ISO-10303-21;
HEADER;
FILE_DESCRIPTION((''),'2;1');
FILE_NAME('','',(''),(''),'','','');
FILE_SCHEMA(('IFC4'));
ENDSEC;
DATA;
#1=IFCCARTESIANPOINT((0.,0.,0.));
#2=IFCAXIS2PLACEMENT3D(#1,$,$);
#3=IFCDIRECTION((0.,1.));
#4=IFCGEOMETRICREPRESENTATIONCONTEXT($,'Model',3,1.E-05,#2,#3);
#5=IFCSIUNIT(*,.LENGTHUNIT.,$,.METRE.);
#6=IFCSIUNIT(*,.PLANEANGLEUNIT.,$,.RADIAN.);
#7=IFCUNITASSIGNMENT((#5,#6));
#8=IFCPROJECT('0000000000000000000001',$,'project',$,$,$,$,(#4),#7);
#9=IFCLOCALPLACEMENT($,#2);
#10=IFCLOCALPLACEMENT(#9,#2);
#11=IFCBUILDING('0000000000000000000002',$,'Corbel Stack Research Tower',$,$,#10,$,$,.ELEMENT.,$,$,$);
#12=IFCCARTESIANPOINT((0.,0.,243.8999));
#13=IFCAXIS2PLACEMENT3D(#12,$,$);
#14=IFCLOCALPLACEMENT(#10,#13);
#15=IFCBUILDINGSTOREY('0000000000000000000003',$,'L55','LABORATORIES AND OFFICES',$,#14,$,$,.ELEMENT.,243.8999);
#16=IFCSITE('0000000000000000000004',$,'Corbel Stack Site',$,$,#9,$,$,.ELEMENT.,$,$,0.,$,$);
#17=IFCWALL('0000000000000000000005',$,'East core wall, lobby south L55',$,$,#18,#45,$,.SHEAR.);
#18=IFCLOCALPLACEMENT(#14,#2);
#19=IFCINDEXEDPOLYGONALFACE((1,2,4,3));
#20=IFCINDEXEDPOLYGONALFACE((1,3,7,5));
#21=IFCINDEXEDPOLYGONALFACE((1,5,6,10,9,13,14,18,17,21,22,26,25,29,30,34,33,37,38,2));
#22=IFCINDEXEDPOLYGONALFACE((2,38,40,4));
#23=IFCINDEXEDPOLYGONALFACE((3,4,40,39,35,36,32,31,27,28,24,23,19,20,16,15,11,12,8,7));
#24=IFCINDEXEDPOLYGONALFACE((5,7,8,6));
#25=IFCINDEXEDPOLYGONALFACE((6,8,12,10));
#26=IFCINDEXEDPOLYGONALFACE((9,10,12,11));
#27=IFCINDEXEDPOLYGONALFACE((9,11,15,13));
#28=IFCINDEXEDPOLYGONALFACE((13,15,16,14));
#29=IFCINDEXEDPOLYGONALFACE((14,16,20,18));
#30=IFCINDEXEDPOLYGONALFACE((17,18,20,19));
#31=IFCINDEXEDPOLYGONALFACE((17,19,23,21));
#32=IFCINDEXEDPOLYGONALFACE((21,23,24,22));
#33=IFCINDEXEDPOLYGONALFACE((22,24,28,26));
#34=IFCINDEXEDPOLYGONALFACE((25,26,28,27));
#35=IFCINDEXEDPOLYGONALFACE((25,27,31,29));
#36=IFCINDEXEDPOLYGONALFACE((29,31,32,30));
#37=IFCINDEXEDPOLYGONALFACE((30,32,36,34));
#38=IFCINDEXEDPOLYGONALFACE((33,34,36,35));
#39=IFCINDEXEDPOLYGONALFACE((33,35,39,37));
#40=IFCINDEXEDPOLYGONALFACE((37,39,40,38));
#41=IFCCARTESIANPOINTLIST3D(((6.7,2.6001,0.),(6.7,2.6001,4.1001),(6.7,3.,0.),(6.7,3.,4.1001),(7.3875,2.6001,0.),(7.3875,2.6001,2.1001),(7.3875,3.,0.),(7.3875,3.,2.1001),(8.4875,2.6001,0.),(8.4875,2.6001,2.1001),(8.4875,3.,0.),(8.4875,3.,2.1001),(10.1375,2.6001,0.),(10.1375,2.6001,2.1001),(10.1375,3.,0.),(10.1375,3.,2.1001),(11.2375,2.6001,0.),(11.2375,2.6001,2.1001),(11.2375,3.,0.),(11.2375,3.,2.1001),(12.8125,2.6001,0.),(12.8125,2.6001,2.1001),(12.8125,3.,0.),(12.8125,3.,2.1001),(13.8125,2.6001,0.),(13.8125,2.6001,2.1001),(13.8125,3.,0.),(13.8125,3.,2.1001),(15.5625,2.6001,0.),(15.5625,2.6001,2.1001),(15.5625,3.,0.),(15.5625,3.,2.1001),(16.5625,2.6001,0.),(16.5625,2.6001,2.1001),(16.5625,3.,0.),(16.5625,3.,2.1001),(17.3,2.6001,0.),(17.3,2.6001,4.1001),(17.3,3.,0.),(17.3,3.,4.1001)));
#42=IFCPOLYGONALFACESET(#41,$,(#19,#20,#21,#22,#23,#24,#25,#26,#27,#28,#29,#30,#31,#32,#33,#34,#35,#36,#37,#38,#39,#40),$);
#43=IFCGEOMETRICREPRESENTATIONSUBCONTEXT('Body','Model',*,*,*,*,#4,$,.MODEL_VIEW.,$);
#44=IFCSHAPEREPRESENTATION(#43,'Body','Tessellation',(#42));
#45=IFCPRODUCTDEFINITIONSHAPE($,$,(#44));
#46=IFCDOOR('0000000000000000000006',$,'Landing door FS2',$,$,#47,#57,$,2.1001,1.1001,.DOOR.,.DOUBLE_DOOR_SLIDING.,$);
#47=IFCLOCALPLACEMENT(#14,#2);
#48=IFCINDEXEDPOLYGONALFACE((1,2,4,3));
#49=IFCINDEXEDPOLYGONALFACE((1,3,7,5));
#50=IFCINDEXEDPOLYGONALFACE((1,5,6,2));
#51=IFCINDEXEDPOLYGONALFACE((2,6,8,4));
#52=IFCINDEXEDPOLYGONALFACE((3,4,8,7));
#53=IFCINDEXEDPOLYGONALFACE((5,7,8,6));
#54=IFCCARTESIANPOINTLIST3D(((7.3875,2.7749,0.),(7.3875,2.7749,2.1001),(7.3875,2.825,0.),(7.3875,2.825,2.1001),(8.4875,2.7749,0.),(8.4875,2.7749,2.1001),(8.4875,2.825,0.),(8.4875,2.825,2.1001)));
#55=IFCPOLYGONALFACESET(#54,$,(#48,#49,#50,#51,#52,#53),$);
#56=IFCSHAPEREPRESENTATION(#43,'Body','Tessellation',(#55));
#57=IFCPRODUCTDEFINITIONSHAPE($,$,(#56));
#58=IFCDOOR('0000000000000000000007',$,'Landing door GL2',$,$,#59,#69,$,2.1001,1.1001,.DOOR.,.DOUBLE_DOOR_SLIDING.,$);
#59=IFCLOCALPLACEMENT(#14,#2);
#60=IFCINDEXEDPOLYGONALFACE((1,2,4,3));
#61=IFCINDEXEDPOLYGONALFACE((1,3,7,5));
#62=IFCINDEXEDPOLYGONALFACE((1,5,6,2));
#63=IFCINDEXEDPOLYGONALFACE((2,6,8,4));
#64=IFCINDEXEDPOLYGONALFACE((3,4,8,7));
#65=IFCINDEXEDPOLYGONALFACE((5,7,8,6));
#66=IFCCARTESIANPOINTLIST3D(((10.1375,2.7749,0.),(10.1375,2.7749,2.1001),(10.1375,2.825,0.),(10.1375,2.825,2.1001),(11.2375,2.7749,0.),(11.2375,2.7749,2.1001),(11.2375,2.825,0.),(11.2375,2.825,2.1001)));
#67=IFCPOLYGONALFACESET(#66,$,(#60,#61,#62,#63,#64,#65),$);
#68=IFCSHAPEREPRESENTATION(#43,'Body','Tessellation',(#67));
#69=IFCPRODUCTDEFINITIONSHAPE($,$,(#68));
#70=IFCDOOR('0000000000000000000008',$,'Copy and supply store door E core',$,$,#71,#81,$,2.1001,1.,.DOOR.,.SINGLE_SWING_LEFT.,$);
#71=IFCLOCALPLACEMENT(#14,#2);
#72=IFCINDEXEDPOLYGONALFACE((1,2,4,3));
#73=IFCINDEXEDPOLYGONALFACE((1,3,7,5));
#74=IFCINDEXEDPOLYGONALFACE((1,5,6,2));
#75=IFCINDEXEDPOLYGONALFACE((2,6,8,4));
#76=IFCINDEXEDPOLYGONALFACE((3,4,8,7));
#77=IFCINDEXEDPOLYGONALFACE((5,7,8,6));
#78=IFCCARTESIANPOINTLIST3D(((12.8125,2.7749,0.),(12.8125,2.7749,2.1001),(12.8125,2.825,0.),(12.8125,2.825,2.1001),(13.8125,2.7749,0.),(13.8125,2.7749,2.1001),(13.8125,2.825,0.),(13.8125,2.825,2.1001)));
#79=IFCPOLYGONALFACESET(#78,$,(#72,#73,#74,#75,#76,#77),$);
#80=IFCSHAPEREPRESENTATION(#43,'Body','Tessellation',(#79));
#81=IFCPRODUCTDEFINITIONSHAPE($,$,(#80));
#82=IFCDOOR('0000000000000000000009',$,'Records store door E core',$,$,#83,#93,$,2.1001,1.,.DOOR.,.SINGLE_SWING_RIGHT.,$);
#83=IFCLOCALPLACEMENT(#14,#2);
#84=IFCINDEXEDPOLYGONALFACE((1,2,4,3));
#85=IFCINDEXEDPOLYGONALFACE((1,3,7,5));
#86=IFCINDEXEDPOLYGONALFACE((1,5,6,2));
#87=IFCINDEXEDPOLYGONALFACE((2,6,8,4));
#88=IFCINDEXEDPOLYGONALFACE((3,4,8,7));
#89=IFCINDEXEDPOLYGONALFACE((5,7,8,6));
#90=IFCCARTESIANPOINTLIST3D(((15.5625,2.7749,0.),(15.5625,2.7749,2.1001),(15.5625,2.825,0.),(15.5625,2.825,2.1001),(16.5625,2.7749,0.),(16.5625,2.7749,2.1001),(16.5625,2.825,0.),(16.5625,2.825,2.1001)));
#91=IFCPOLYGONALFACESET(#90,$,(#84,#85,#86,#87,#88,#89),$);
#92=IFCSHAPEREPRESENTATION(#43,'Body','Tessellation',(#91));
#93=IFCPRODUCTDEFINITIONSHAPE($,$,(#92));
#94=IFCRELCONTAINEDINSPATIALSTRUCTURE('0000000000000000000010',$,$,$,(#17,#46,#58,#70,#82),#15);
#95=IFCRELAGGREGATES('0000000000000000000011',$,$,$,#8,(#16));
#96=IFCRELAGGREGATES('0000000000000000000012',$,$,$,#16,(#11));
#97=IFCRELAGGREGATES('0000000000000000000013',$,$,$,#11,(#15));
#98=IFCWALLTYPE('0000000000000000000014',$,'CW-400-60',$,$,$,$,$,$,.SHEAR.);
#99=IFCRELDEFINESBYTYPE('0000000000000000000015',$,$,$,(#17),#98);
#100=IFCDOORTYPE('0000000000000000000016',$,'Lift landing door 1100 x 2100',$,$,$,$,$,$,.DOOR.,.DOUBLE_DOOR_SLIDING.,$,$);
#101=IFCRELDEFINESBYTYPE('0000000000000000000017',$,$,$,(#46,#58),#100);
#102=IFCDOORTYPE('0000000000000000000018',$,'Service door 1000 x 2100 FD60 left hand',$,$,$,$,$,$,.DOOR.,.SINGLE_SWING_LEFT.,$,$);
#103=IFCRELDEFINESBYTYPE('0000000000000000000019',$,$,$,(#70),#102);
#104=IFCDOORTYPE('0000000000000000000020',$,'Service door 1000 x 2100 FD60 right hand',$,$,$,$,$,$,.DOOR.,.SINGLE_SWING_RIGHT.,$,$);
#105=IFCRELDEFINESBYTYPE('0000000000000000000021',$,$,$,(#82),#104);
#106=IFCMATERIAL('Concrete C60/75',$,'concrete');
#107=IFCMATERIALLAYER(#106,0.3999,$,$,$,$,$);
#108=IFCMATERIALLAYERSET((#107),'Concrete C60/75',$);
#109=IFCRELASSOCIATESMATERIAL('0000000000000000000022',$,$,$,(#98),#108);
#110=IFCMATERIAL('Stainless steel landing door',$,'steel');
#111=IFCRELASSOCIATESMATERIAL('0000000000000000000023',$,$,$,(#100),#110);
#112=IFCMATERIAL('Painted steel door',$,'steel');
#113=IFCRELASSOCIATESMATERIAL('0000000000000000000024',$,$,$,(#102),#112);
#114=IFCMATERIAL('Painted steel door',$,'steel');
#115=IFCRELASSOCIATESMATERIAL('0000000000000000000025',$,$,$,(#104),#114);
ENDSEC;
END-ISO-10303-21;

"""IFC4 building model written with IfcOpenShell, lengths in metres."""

from ifc_helpers import new_model, si_unit, direction, frame, frame_2d, origin, place, context, subcontext, project, spatial, rectangle, extrude, material, layer, layer_set, type_object, element, fill, save


model = new_model("IFC4")

# Units and contexts
model_context = context("Model", 3, precision=1e-05, world=origin(), true_north=direction((0.0, 1.0)))
body_context = subcontext(model_context, "Body", "Model", "MODEL_VIEW")
ifc_project = project(units=[si_unit("LENGTHUNIT", "METRE"), si_unit("PLANEANGLEUNIT", "RADIAN")], contexts=[model_context])

# Site, building, storey
site_placement = place(None, origin())
site = spatial("IfcSite", under=ifc_project, at=site_placement, Name="Corbel Stack Site", CompositionType="ELEMENT", RefElevation=0.0)
building_placement = place(site_placement, origin())
building = spatial("IfcBuilding", under=site, at=building_placement, Name="Corbel Stack Research Tower", CompositionType="ELEMENT")
storey_placement = place(building_placement, frame((0.0, 0.0, 243.8999)))
storey = spatial("IfcBuildingStorey", under=building, at=storey_placement, Name="L55", Description="LABORATORIES AND OFFICES", CompositionType="ELEMENT", Elevation=243.8999)

# Wall, openings, doors
ifc_material_1 = material(Name="Concrete C60/75", Category="concrete")
ifc_layer_1 = layer(ifc_material_1, 0.3999)
ifc_layer_set_1 = layer_set([ifc_layer_1], Name="Concrete C60/75")
wall_type_1 = type_object("IfcWallType", Name="CW-400-60", PredefinedType="SHEAR", material=ifc_layer_set_1)
wall_1_placement = place(storey_placement, frame((6.7, 2.8, 0.0), z_axis=(0.0, 0.0, 1.0), x_axis=(1.0, 0.0, 0.0)))
wall_1 = element("IfcWall", 1, at=wall_1_placement, inside=storey, type_object=wall_type_1, Name="East core wall, lobby south L55", PredefinedType="SHEAR", context=body_context, shape_type="SweptSolid", body=[
    extrude(rectangle(XDim=10.6001, YDim=0.3999, at=frame_2d((5.3, 0.0))), origin(), (0.0, 0.0, 1.0), 4.1001),
])
opening_1_placement = place(wall_1_placement, frame((0.6875, 0.0, 0.0)))
opening_1 = element("IfcOpeningElement", 2, at=opening_1_placement, cuts=wall_1, PredefinedType="OPENING", context=body_context, shape_type="SweptSolid", body=[
    extrude(rectangle(XDim=1.1001, YDim=2.1001, at=frame_2d((0.55, 1.05))), frame((0.0, 0.21, 0.0), z_axis=(0.0, -1.0, 0.0), x_axis=(1.0, 0.0, 0.0)), (0.0, 0.0, 1.0), 0.4199),
])
opening_2_placement = place(wall_1_placement, frame((3.4375, 0.0, 0.0)))
opening_2 = element("IfcOpeningElement", 3, at=opening_2_placement, cuts=wall_1, PredefinedType="OPENING", context=body_context, shape_type="SweptSolid", body=[
    extrude(rectangle(XDim=1.1001, YDim=2.1001, at=frame_2d((0.55, 1.05))), frame((0.0, 0.21, 0.0), z_axis=(0.0, -1.0, 0.0), x_axis=(1.0, 0.0, 0.0)), (0.0, 0.0, 1.0), 0.4199),
])
opening_3_placement = place(wall_1_placement, frame((6.1125, 0.0, 0.0)))
opening_3 = element("IfcOpeningElement", 4, at=opening_3_placement, cuts=wall_1, PredefinedType="OPENING", context=body_context, shape_type="SweptSolid", body=[
    extrude(rectangle(XDim=1.0, YDim=2.1001, at=frame_2d((0.5, 1.05))), frame((0.0, 0.21, 0.0), z_axis=(0.0, -1.0, 0.0), x_axis=(1.0, 0.0, 0.0)), (0.0, 0.0, 1.0), 0.4199),
])
opening_4_placement = place(wall_1_placement, frame((8.8625, 0.0, 0.0)))
opening_4 = element("IfcOpeningElement", 5, at=opening_4_placement, cuts=wall_1, PredefinedType="OPENING", context=body_context, shape_type="SweptSolid", body=[
    extrude(rectangle(XDim=1.0, YDim=2.1001, at=frame_2d((0.5, 1.05))), frame((0.0, 0.21, 0.0), z_axis=(0.0, -1.0, 0.0), x_axis=(1.0, 0.0, 0.0)), (0.0, 0.0, 1.0), 0.4199),
])
ifc_material_2 = material(Name="Stainless steel landing door", Category="steel")
door_type_1 = type_object("IfcDoorType", Name="Lift landing door 1100 x 2100", OperationType="DOUBLE_DOOR_SLIDING", PredefinedType="DOOR", material=ifc_material_2)
door_1_placement = place(opening_1_placement, origin())
door_1 = element("IfcDoor", 6, at=door_1_placement, inside=storey, type_object=door_type_1, Name="Landing door FS2", OperationType="DOUBLE_DOOR_SLIDING", OverallHeight=2.1001, OverallWidth=1.1001, PredefinedType="DOOR", context=body_context, shape_type="SweptSolid", body=[
    extrude(rectangle(XDim=1.1001, YDim=2.1001, at=frame_2d((0.55, 1.05))), frame((0.0, 0.0249, 0.0), z_axis=(0.0, -1.0, 0.0), x_axis=(1.0, 0.0, 0.0)), (0.0, 0.0, 1.0), 0.05),
])
fill(opening_1, door_1)
door_2_placement = place(opening_2_placement, origin())
door_2 = element("IfcDoor", 7, at=door_2_placement, inside=storey, type_object=door_type_1, Name="Landing door GL2", OperationType="DOUBLE_DOOR_SLIDING", OverallHeight=2.1001, OverallWidth=1.1001, PredefinedType="DOOR", context=body_context, shape_type="SweptSolid", body=[
    extrude(rectangle(XDim=1.1001, YDim=2.1001, at=frame_2d((0.55, 1.05))), frame((0.0, 0.0249, 0.0), z_axis=(0.0, -1.0, 0.0), x_axis=(1.0, 0.0, 0.0)), (0.0, 0.0, 1.0), 0.05),
])
fill(opening_2, door_2)
ifc_material_3 = material(Name="Painted steel door", Category="steel")
door_type_2 = type_object("IfcDoorType", Name="Service door 1000 x 2100 FD60 left hand", OperationType="SINGLE_SWING_LEFT", PredefinedType="DOOR", material=ifc_material_3)
door_3_placement = place(opening_3_placement, origin())
door_3 = element("IfcDoor", 8, at=door_3_placement, inside=storey, type_object=door_type_2, Name="Copy and supply store door E core", OperationType="SINGLE_SWING_LEFT", OverallHeight=2.1001, OverallWidth=1.0, PredefinedType="DOOR", context=body_context, shape_type="SweptSolid", body=[
    extrude(rectangle(XDim=1.0, YDim=2.1001, at=frame_2d((0.5, 1.05))), frame((0.0, 0.0249, 0.0), z_axis=(0.0, -1.0, 0.0), x_axis=(1.0, 0.0, 0.0)), (0.0, 0.0, 1.0), 0.05),
])
fill(opening_3, door_3)
ifc_material_4 = material(Name="Painted steel door", Category="steel")
door_type_3 = type_object("IfcDoorType", Name="Service door 1000 x 2100 FD60 right hand", OperationType="SINGLE_SWING_RIGHT", PredefinedType="DOOR", material=ifc_material_4)
door_4_placement = place(opening_4_placement, origin())
door_4 = element("IfcDoor", 9, at=door_4_placement, inside=storey, type_object=door_type_3, Name="Records store door E core", OperationType="SINGLE_SWING_RIGHT", OverallHeight=2.1001, OverallWidth=1.0, PredefinedType="DOOR", context=body_context, shape_type="SweptSolid", body=[
    extrude(rectangle(XDim=1.0, YDim=2.1001, at=frame_2d((0.5, 1.05))), frame((0.0, 0.0249, 0.0), z_axis=(0.0, -1.0, 0.0), x_axis=(1.0, 0.0, 0.0)), (0.0, 0.0, 1.0), 0.05),
])
fill(opening_4, door_4)

save(model, "model.ifc")
